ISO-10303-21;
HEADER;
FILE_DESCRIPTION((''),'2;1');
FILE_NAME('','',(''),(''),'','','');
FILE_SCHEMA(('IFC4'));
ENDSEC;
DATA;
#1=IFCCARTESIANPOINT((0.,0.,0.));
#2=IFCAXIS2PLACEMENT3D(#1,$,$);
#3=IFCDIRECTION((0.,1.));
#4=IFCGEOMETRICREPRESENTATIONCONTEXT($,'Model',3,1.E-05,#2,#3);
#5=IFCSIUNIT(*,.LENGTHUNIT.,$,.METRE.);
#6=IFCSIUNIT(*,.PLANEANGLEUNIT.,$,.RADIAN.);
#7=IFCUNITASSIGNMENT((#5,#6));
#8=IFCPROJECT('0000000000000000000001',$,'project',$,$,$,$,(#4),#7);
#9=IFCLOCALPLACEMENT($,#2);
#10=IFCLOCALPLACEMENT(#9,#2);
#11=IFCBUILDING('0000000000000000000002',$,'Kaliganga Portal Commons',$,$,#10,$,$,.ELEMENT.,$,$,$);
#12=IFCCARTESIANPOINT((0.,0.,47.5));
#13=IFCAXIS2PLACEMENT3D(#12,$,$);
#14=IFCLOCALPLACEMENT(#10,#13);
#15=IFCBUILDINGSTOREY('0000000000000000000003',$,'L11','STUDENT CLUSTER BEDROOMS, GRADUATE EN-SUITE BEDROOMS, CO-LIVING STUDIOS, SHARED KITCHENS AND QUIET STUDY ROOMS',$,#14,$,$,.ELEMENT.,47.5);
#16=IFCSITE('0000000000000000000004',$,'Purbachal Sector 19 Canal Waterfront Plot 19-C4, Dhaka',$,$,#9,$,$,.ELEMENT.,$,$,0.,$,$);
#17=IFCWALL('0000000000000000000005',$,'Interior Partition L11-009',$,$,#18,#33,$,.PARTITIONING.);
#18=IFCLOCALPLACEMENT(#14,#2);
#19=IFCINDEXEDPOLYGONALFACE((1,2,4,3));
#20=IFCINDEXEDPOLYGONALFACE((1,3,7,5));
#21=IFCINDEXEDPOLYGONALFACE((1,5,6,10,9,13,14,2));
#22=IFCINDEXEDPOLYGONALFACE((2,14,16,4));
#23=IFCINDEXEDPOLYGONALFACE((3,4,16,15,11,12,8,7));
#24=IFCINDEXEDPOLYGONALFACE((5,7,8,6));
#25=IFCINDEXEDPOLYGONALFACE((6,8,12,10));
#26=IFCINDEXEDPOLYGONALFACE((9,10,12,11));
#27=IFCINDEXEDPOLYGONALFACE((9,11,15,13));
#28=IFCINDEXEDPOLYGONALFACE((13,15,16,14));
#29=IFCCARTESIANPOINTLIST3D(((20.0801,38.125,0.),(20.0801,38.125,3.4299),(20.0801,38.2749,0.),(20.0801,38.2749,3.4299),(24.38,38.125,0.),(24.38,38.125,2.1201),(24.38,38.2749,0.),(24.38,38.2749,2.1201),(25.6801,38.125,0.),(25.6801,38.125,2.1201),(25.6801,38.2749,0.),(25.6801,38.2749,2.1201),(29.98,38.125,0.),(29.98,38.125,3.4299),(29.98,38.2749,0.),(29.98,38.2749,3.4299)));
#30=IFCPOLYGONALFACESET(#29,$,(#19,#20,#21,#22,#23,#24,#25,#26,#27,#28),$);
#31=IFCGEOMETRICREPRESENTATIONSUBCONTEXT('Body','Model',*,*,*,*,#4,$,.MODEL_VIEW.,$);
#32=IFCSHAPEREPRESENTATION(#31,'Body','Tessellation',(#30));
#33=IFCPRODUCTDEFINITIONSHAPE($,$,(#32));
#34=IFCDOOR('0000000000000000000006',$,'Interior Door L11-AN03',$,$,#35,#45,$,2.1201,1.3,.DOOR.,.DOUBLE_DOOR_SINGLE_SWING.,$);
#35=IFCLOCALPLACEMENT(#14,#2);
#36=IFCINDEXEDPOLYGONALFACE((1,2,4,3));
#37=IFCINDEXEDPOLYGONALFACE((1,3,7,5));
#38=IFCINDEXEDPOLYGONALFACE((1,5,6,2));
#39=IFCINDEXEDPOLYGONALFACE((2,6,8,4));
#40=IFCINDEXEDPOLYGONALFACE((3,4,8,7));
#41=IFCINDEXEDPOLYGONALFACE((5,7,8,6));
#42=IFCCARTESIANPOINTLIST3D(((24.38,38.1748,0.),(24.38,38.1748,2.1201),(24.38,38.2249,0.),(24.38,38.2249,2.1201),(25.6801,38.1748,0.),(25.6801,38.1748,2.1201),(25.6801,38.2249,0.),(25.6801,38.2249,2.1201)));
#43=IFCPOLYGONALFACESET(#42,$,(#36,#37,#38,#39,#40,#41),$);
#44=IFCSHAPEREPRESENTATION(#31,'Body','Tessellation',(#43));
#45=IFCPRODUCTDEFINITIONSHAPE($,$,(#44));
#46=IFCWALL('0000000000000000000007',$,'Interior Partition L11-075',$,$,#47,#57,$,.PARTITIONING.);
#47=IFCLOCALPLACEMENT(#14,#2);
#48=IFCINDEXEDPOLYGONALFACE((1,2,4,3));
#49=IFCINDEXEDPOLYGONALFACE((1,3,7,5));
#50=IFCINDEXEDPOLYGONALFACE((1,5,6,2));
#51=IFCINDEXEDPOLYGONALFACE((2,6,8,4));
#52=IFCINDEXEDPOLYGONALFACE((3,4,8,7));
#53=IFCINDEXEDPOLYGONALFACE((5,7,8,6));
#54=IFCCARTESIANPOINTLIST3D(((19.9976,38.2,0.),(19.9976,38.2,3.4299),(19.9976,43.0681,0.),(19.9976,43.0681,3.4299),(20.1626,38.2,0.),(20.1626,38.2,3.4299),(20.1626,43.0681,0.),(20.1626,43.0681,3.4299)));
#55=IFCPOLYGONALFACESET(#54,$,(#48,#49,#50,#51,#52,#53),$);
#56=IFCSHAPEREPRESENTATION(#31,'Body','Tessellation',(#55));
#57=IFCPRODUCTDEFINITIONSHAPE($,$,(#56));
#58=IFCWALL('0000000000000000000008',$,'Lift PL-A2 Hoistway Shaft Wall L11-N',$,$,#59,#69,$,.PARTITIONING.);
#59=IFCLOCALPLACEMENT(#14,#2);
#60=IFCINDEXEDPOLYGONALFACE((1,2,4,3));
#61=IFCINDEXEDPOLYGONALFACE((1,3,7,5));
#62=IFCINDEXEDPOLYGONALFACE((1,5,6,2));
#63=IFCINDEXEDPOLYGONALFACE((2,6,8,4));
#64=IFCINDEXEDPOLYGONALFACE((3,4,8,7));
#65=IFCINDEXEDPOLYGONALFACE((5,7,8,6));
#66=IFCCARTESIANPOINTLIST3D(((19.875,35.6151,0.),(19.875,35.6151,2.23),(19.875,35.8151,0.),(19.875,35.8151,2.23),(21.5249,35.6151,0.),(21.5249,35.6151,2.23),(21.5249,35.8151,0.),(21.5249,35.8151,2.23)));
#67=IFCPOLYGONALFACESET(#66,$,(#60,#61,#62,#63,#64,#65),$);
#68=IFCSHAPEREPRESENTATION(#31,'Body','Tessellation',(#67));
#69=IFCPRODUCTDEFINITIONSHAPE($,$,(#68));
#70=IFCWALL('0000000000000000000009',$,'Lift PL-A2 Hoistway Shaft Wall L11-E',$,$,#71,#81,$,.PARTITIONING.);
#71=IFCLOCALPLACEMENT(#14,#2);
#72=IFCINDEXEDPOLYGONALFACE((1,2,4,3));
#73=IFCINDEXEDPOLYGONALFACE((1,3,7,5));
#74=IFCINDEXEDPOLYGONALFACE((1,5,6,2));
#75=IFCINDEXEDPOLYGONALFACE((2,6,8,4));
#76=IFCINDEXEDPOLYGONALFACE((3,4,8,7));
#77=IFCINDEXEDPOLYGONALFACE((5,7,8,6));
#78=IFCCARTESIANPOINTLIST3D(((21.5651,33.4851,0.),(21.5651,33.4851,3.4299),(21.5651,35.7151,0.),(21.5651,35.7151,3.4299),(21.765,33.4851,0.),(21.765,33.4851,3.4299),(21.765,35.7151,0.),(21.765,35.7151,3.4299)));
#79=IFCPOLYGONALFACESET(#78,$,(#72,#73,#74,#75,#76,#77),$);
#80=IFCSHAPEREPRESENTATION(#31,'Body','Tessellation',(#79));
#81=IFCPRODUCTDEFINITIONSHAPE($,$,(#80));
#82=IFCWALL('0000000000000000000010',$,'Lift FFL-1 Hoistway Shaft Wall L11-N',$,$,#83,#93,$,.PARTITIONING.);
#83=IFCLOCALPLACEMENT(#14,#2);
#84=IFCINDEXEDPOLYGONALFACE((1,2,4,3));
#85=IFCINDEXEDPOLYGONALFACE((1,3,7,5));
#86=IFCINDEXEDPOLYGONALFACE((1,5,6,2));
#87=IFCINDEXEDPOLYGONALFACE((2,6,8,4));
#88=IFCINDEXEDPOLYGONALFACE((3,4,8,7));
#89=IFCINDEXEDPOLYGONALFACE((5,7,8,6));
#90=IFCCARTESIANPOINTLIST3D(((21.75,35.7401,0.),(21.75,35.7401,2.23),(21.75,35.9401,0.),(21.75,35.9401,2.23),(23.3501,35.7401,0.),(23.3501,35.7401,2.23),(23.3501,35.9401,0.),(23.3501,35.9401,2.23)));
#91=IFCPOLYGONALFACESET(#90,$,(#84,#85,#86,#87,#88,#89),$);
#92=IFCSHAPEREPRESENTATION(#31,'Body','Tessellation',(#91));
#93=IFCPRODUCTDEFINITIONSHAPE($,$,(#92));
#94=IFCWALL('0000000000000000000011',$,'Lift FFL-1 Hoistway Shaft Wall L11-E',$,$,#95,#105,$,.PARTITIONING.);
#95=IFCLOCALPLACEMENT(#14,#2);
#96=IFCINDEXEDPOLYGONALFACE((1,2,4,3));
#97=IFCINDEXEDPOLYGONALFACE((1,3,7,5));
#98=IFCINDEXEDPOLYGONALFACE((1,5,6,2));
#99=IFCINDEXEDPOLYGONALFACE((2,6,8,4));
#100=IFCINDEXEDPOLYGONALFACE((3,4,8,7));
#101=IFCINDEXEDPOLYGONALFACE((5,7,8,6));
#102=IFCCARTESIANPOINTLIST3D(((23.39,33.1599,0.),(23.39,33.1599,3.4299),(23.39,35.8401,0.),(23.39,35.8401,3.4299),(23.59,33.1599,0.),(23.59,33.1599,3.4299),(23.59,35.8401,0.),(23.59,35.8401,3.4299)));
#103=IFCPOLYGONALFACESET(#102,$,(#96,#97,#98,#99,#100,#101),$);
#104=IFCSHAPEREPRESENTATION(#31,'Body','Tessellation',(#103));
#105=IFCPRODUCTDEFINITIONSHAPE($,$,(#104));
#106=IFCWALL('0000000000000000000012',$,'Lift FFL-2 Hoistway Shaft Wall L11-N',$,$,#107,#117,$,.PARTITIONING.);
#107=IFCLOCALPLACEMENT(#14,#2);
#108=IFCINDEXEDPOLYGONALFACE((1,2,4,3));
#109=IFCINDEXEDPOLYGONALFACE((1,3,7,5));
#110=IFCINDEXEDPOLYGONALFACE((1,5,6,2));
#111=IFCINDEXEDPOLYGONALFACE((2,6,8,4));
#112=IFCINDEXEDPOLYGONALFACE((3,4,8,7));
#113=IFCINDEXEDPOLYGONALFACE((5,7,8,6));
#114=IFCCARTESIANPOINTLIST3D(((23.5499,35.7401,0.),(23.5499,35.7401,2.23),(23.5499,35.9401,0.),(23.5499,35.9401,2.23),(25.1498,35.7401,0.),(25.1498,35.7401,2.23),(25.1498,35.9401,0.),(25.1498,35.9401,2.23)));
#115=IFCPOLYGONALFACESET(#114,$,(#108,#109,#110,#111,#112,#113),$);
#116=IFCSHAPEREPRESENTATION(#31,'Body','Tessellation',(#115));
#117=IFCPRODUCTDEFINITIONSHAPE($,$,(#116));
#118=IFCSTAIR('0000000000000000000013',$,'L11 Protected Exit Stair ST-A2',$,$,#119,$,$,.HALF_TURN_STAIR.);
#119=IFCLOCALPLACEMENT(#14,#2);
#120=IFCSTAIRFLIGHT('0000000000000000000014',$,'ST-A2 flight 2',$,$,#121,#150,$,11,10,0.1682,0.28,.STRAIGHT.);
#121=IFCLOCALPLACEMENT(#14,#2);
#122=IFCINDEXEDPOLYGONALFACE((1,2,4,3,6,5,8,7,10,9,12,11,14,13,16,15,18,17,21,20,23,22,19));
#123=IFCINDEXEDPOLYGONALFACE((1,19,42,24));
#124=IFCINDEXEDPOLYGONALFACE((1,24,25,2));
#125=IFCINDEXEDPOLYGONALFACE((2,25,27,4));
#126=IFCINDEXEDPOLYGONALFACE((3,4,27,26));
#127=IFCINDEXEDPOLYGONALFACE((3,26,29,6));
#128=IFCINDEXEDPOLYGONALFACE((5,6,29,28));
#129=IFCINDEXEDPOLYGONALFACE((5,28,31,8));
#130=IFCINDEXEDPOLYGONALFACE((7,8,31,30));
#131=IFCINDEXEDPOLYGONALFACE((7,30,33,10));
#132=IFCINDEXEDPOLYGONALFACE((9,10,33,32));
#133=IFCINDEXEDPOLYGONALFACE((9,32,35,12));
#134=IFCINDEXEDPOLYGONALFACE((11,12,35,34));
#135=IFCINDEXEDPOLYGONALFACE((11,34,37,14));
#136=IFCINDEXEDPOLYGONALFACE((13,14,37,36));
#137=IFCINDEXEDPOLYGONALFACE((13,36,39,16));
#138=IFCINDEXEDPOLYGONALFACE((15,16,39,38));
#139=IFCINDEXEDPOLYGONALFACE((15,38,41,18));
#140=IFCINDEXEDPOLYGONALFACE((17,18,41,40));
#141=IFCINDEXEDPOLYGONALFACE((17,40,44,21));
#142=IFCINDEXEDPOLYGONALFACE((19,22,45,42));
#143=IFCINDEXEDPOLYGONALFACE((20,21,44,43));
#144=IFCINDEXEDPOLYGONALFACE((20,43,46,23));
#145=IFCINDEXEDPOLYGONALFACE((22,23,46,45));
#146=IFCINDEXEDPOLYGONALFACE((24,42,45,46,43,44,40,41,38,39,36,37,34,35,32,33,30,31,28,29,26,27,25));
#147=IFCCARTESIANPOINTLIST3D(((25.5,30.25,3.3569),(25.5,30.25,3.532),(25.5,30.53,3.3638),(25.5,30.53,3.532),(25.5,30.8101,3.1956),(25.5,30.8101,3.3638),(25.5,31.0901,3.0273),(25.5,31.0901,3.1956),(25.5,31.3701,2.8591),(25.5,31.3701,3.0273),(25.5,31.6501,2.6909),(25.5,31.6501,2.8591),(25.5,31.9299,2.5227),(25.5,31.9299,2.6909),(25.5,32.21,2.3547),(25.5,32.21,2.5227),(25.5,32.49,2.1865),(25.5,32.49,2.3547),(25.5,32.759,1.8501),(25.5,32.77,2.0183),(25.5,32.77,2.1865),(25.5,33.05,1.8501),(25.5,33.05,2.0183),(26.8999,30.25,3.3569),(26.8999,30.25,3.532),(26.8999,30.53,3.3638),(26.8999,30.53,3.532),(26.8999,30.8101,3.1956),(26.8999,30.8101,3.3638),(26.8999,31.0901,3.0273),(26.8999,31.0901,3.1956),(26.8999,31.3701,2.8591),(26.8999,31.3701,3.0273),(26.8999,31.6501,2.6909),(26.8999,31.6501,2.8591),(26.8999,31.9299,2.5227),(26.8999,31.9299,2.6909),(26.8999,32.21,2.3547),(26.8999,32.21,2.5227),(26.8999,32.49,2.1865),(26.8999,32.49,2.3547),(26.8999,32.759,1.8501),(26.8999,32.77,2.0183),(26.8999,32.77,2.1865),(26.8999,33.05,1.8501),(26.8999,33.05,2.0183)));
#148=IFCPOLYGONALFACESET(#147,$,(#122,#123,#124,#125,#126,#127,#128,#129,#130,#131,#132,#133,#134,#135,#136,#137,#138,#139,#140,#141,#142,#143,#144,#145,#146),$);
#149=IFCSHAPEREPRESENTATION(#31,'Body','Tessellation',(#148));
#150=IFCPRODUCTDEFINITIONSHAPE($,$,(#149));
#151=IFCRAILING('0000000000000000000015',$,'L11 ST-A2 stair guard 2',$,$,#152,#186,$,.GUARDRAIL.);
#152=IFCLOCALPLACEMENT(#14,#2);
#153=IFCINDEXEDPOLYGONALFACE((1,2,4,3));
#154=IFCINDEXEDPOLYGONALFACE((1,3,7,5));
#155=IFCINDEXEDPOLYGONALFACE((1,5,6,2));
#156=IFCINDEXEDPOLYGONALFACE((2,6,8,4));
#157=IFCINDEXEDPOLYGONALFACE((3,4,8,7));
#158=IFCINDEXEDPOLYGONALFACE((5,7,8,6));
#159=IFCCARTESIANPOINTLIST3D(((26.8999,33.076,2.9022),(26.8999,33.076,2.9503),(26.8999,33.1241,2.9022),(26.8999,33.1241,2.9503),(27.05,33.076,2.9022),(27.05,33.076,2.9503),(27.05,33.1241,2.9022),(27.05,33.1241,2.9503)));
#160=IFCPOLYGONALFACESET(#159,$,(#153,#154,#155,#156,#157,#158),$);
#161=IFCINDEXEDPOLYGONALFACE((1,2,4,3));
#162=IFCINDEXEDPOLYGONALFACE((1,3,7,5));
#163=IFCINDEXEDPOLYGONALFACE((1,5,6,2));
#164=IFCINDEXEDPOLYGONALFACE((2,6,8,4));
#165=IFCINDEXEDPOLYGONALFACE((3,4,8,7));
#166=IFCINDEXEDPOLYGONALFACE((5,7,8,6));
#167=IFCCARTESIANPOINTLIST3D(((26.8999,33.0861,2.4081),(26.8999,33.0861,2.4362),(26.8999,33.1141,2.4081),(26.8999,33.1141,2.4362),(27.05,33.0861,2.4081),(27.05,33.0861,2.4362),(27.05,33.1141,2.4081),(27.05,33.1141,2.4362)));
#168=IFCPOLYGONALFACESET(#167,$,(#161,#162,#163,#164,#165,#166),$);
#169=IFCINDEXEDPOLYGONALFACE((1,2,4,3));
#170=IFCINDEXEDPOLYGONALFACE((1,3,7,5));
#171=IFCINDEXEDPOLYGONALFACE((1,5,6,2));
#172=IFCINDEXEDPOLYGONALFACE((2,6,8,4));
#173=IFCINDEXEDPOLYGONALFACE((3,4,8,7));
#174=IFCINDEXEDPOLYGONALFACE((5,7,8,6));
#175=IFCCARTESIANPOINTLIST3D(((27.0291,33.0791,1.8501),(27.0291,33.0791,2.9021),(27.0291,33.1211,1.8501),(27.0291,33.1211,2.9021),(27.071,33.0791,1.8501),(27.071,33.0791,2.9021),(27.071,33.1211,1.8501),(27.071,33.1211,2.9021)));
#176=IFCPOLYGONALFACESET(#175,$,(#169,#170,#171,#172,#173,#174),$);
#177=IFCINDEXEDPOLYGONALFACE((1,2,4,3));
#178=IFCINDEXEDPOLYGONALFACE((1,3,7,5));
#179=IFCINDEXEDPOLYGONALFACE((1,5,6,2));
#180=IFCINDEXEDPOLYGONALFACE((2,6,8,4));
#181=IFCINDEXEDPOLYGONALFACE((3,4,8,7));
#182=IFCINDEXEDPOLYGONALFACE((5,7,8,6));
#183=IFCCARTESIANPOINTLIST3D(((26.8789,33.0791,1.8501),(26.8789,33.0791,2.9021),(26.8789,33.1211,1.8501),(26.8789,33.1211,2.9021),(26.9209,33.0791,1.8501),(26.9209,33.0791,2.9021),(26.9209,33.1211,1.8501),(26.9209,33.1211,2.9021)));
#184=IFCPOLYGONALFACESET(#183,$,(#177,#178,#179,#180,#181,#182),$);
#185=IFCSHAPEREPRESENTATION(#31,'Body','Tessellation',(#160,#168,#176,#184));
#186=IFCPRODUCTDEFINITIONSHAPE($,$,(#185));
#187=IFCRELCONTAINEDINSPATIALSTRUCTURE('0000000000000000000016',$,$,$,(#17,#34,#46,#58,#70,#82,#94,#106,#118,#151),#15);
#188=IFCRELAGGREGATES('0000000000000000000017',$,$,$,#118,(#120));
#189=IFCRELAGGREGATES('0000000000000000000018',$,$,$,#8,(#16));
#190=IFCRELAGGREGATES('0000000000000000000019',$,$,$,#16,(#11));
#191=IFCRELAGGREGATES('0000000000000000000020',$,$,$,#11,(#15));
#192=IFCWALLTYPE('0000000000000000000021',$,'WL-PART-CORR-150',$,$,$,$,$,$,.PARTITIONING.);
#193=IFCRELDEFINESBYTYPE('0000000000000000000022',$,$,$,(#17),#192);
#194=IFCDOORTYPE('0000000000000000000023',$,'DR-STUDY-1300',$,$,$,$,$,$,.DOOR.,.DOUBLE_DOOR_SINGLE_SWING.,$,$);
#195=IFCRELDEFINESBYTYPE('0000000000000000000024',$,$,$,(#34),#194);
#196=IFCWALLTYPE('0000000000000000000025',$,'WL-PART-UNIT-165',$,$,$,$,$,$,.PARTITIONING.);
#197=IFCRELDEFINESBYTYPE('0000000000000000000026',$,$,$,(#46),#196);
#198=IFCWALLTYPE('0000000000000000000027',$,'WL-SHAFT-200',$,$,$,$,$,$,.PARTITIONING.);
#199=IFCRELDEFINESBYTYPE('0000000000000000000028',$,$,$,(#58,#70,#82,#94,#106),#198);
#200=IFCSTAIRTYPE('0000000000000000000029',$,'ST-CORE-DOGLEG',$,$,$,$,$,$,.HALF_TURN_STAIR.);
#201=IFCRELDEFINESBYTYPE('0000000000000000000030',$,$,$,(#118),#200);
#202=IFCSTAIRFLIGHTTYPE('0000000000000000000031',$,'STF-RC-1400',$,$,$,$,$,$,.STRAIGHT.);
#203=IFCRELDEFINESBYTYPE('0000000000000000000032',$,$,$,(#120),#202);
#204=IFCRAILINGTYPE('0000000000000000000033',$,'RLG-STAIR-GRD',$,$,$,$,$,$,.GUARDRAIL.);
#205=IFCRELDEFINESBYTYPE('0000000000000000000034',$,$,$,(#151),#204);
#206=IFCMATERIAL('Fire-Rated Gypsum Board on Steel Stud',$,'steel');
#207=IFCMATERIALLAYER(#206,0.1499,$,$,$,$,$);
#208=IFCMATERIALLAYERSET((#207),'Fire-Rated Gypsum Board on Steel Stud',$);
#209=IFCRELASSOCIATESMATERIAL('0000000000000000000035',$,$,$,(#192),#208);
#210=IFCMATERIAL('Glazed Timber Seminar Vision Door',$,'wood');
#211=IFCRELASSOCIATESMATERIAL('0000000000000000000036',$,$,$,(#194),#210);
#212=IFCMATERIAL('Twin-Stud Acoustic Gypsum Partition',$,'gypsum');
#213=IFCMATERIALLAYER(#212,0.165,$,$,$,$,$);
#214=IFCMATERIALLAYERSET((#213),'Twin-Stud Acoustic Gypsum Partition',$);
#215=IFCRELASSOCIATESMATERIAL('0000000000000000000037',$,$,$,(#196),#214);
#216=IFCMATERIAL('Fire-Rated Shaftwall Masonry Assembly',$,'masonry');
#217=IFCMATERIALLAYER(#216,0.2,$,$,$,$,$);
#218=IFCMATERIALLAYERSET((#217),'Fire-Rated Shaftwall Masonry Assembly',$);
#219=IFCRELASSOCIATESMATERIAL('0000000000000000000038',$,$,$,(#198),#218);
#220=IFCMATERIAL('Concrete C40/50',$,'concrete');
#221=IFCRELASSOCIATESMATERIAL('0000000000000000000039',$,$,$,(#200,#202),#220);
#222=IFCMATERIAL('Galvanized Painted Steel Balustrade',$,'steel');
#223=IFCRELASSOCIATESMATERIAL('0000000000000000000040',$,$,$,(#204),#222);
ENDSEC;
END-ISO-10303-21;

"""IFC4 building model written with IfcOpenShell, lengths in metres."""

from ifc_helpers import new_model, si_unit, direction, frame, frame_2d, origin, origin_2d, place, context, subcontext, project, spatial, polyline, rectangle, outline, extrude, material, layer, layer_set, type_object, element, fill, aggregate, save


model = new_model("IFC4")

# Units and contexts
model_context = context("Model", 3, precision=1e-05, world=origin(), true_north=direction((0.0, 1.0)))
body_context = subcontext(model_context, "Body", "Model", "MODEL_VIEW")
ifc_project = project(units=[si_unit("LENGTHUNIT", "METRE"), si_unit("PLANEANGLEUNIT", "RADIAN")], contexts=[model_context])

# Site, building, storey
site_placement = place(None, origin())
site = spatial("IfcSite", under=ifc_project, at=site_placement, Name="Purbachal Sector 19 Canal Waterfront Plot 19-C4, Dhaka", CompositionType="ELEMENT", RefElevation=0.0)
building_placement = place(site_placement, origin())
building = spatial("IfcBuilding", under=site, at=building_placement, Name="Kaliganga Portal Commons", CompositionType="ELEMENT")
storey_placement = place(building_placement, frame((0.0, 0.0, 47.5)))
storey = spatial("IfcBuildingStorey", under=building, at=storey_placement, Name="L11", Description="STUDENT CLUSTER BEDROOMS, GRADUATE EN-SUITE BEDROOMS, CO-LIVING STUDIOS, SHARED KITCHENS AND QUIET STUDY ROOMS", CompositionType="ELEMENT", Elevation=47.5)

# Wall, opening, door
ifc_material_1 = material(Name="Fire-Rated Gypsum Board on Steel Stud", Category="steel")
ifc_layer_1 = layer(ifc_material_1, 0.1499)
ifc_layer_set_1 = layer_set([ifc_layer_1], Name="Fire-Rated Gypsum Board on Steel Stud")
wall_type_1 = type_object("IfcWallType", Name="WL-PART-CORR-150", PredefinedType="PARTITIONING", material=ifc_layer_set_1)
wall_1_placement = place(storey_placement, frame((20.0801, 38.2, 0.0), z_axis=(0.0, 0.0, 1.0), x_axis=(1.0, 0.0, 0.0)))
wall_1 = element("IfcWall", 1, at=wall_1_placement, inside=storey, type_object=wall_type_1, Name="Interior Partition L11-009", PredefinedType="PARTITIONING", context=body_context, shape_type="SweptSolid", body=[
    extrude(rectangle(XDim=9.8999, YDim=0.1499, at=frame_2d((4.95, 0.0))), origin(), (0.0, 0.0, 1.0), 3.4299),
])
opening_1_placement = place(wall_1_placement, frame((4.3, 0.0, 0.0)))
opening_1 = element("IfcOpeningElement", 2, at=opening_1_placement, cuts=wall_1, PredefinedType="OPENING", context=body_context, shape_type="SweptSolid", body=[
    extrude(rectangle(XDim=1.3, YDim=2.1201, at=frame_2d((0.6499, 1.0601))), frame((0.0, 0.085, 0.0), z_axis=(0.0, -1.0, 0.0), x_axis=(1.0, 0.0, 0.0)), (0.0, 0.0, 1.0), 0.1699),
])
ifc_material_2 = material(Name="Glazed Timber Seminar Vision Door", Category="wood")
door_type_1 = type_object("IfcDoorType", Name="DR-STUDY-1300", OperationType="DOUBLE_DOOR_SINGLE_SWING", PredefinedType="DOOR", material=ifc_material_2)
door_1_placement = place(opening_1_placement, origin())
door_1 = element("IfcDoor", 3, at=door_1_placement, inside=storey, type_object=door_type_1, Name="Interior Door L11-AN03", OperationType="DOUBLE_DOOR_SINGLE_SWING", OverallHeight=2.1201, OverallWidth=1.3, PredefinedType="DOOR", context=body_context, shape_type="SweptSolid", body=[
    extrude(rectangle(XDim=1.3, YDim=2.1201, at=frame_2d((0.6499, 1.0601))), frame((0.0, 0.0249, 0.0), z_axis=(0.0, -1.0, 0.0), x_axis=(1.0, 0.0, 0.0)), (0.0, 0.0, 1.0), 0.05),
])
fill(opening_1, door_1)

# Wall
ifc_material_3 = material(Name="Twin-Stud Acoustic Gypsum Partition", Category="gypsum")
ifc_layer_2 = layer(ifc_material_3, 0.165)
ifc_layer_set_2 = layer_set([ifc_layer_2], Name="Twin-Stud Acoustic Gypsum Partition")
wall_type_2 = type_object("IfcWallType", Name="WL-PART-UNIT-165", PredefinedType="PARTITIONING", material=ifc_layer_set_2)
wall_2_placement = place(storey_placement, frame((20.0801, 38.2, 0.0), z_axis=(0.0, 0.0, 1.0), x_axis=(0.0, 1.0, 0.0)))
element("IfcWall", 4, at=wall_2_placement, inside=storey, type_object=wall_type_2, Name="Interior Partition L11-075", PredefinedType="PARTITIONING", context=body_context, shape_type="SweptSolid", body=[
    extrude(rectangle(XDim=4.8682, YDim=0.165, at=frame_2d((2.4341, 0.0))), origin(), (0.0, 0.0, 1.0), 3.4299),
])

# Shared definitions
ifc_material_4 = material(Name="Fire-Rated Shaftwall Masonry Assembly", Category="masonry")
ifc_layer_3 = layer(ifc_material_4, 0.2)
ifc_layer_set_3 = layer_set([ifc_layer_3], Name="Fire-Rated Shaftwall Masonry Assembly")
wall_type_3 = type_object("IfcWallType", Name="WL-SHAFT-200", PredefinedType="PARTITIONING", material=ifc_layer_set_3)

# Walls
wall_3_placement = place(storey_placement, frame((19.875, 35.7151, 0.0), z_axis=(0.0, 0.0, 1.0), x_axis=(1.0, 0.0, 0.0)))
element("IfcWall", 5, at=wall_3_placement, inside=storey, type_object=wall_type_3, Name="Lift PL-A2 Hoistway Shaft Wall L11-N", PredefinedType="PARTITIONING", context=body_context, shape_type="SweptSolid", body=[
    extrude(rectangle(XDim=1.6499, YDim=0.2, at=frame_2d((0.825, 0.0))), origin(), (0.0, 0.0, 1.0), 2.23),
])
wall_4_placement = place(storey_placement, frame((21.665, 33.4851, 0.0), z_axis=(0.0, 0.0, 1.0), x_axis=(0.0, 1.0, 0.0)))
element("IfcWall", 6, at=wall_4_placement, inside=storey, type_object=wall_type_3, Name="Lift PL-A2 Hoistway Shaft Wall L11-E", PredefinedType="PARTITIONING", context=body_context, shape_type="SweptSolid", body=[
    extrude(rectangle(XDim=2.23, YDim=0.2, at=frame_2d((1.115, 0.0))), origin(), (0.0, 0.0, 1.0), 3.4299),
])

# Walls
wall_5_placement = place(storey_placement, frame((21.75, 35.8401, 0.0), z_axis=(0.0, 0.0, 1.0), x_axis=(1.0, 0.0, 0.0)))
element("IfcWall", 7, at=wall_5_placement, inside=storey, type_object=wall_type_3, Name="Lift FFL-1 Hoistway Shaft Wall L11-N", PredefinedType="PARTITIONING", context=body_context, shape_type="SweptSolid", body=[
    extrude(rectangle(XDim=1.6001, YDim=0.2, at=frame_2d((0.8, 0.0))), origin(), (0.0, 0.0, 1.0), 2.23),
])
wall_6_placement = place(storey_placement, frame((23.49, 33.1599, 0.0), z_axis=(0.0, 0.0, 1.0), x_axis=(0.0, 1.0, 0.0)))
element("IfcWall", 8, at=wall_6_placement, inside=storey, type_object=wall_type_3, Name="Lift FFL-1 Hoistway Shaft Wall L11-E", PredefinedType="PARTITIONING", context=body_context, shape_type="SweptSolid", body=[
    extrude(rectangle(XDim=2.6802, YDim=0.2, at=frame_2d((1.3401, 0.0))), origin(), (0.0, 0.0, 1.0), 3.4299),
])

# Wall
wall_7_placement = place(storey_placement, frame((23.55, 35.8401, 0.0), z_axis=(0.0, 0.0, 1.0), x_axis=(1.0, 0.0, 0.0)))
element("IfcWall", 9, at=wall_7_placement, inside=storey, type_object=wall_type_3, Name="Lift FFL-2 Hoistway Shaft Wall L11-N", PredefinedType="PARTITIONING", context=body_context, shape_type="SweptSolid", body=[
    extrude(rectangle(XDim=1.5999, YDim=0.2, at=frame_2d((0.7998, 0.0))), origin(), (0.0, 0.0, 1.0), 2.23),
])

# Stair, stair flight
ifc_material_5 = material(Name="Concrete C40/50", Category="concrete")
stair_type = type_object("IfcStairType", Name="ST-CORE-DOGLEG", PredefinedType="HALF_TURN_STAIR", material=ifc_material_5)
stair_placement = place(storey_placement, origin())
stair = element("IfcStair", 10, at=stair_placement, inside=storey, type_object=stair_type, Name="L11 Protected Exit Stair ST-A2", PredefinedType="HALF_TURN_STAIR")
stair_flight_type = type_object("IfcStairFlightType", Name="STF-RC-1400", PredefinedType="STRAIGHT", material=ifc_material_5)
stair_flight_placement = place(storey_placement, frame((26.2, 33.05, 1.8501), z_axis=(0.0, 0.0, 1.0), x_axis=(0.0, -1.0, 0.0)))
stair_flight = element("IfcStairFlight", 11, at=stair_flight_placement, type_object=stair_flight_type, Name="ST-A2 flight 2", NumberOfRisers=11, NumberOfTreads=10, PredefinedType="STRAIGHT", RiserHeight=0.1682, TreadLength=0.28, context=body_context, shape_type="SweptSolid", body=[
    extrude(outline(polyline([(0.0, 0.0), (0.0, 0.1682), (0.28, 0.1682), (0.28, 0.3364), (0.5601, 0.3364), (0.5601, 0.5046), (0.8401, 0.5046), (0.8401, 0.6726), (1.1201, 0.6726), (1.1201, 0.8408), (1.3999, 0.8408), (1.3999, 1.009), (1.6799, 1.009), (1.6799, 1.1772), (1.96, 1.1772), (1.96, 1.3455), (2.24, 1.3455), (2.24, 1.5137), (2.52, 1.5137), (2.52, 1.6819), (2.8, 1.6819), (2.8, 1.8501), (2.8, 1.5068), (0.291, 0.0), (0.0, 0.0)])), frame((0.0, 0.7, 0.0), z_axis=(0.0, -1.0, 0.0), x_axis=(1.0, 0.0, 0.0)), (0.0, 0.0, 1.0), 1.3999),
])
aggregate(stair, [stair_flight])

# Railing
ifc_material_6 = material(Name="Galvanized Painted Steel Balustrade", Category="steel")
railing_type_1 = type_object("IfcRailingType", Name="RLG-STAIR-GRD", PredefinedType="GUARDRAIL", material=ifc_material_6)
railing_1_placement = place(storey_placement, frame((27.05, 33.1001, 1.8501)))
element("IfcRailing", 12, at=railing_1_placement, inside=storey, type_object=railing_type_1, Name="L11 ST-A2 stair guard 2", PredefinedType="GUARDRAIL", context=body_context, shape_type="SweptSolid", body=[
    extrude(rectangle(XDim=0.0481, YDim=0.0481, at=origin_2d()), frame((0.0, 0.0, 1.0762), z_axis=(-1.0, 0.0, 0.0), x_axis=(0.0, -1.0, 0.0)), (0.0, 0.0, 1.0), 0.1501),
    extrude(rectangle(XDim=0.0281, YDim=0.0281, at=origin_2d()), frame((0.0, 0.0, 0.572), z_axis=(-1.0, 0.0, 0.0), x_axis=(0.0, -1.0, 0.0)), (0.0, 0.0, 1.0), 0.1501),
    extrude(rectangle(XDim=0.042, YDim=0.042, at=origin_2d()), origin(), (0.0, 0.0, 1.0), 1.052),
    extrude(rectangle(XDim=0.042, YDim=0.042, at=origin_2d()), frame((-0.1501, 0.0, 0.0)), (0.0, 0.0, 1.0), 1.052),
])

save(model, "model.ifc")
